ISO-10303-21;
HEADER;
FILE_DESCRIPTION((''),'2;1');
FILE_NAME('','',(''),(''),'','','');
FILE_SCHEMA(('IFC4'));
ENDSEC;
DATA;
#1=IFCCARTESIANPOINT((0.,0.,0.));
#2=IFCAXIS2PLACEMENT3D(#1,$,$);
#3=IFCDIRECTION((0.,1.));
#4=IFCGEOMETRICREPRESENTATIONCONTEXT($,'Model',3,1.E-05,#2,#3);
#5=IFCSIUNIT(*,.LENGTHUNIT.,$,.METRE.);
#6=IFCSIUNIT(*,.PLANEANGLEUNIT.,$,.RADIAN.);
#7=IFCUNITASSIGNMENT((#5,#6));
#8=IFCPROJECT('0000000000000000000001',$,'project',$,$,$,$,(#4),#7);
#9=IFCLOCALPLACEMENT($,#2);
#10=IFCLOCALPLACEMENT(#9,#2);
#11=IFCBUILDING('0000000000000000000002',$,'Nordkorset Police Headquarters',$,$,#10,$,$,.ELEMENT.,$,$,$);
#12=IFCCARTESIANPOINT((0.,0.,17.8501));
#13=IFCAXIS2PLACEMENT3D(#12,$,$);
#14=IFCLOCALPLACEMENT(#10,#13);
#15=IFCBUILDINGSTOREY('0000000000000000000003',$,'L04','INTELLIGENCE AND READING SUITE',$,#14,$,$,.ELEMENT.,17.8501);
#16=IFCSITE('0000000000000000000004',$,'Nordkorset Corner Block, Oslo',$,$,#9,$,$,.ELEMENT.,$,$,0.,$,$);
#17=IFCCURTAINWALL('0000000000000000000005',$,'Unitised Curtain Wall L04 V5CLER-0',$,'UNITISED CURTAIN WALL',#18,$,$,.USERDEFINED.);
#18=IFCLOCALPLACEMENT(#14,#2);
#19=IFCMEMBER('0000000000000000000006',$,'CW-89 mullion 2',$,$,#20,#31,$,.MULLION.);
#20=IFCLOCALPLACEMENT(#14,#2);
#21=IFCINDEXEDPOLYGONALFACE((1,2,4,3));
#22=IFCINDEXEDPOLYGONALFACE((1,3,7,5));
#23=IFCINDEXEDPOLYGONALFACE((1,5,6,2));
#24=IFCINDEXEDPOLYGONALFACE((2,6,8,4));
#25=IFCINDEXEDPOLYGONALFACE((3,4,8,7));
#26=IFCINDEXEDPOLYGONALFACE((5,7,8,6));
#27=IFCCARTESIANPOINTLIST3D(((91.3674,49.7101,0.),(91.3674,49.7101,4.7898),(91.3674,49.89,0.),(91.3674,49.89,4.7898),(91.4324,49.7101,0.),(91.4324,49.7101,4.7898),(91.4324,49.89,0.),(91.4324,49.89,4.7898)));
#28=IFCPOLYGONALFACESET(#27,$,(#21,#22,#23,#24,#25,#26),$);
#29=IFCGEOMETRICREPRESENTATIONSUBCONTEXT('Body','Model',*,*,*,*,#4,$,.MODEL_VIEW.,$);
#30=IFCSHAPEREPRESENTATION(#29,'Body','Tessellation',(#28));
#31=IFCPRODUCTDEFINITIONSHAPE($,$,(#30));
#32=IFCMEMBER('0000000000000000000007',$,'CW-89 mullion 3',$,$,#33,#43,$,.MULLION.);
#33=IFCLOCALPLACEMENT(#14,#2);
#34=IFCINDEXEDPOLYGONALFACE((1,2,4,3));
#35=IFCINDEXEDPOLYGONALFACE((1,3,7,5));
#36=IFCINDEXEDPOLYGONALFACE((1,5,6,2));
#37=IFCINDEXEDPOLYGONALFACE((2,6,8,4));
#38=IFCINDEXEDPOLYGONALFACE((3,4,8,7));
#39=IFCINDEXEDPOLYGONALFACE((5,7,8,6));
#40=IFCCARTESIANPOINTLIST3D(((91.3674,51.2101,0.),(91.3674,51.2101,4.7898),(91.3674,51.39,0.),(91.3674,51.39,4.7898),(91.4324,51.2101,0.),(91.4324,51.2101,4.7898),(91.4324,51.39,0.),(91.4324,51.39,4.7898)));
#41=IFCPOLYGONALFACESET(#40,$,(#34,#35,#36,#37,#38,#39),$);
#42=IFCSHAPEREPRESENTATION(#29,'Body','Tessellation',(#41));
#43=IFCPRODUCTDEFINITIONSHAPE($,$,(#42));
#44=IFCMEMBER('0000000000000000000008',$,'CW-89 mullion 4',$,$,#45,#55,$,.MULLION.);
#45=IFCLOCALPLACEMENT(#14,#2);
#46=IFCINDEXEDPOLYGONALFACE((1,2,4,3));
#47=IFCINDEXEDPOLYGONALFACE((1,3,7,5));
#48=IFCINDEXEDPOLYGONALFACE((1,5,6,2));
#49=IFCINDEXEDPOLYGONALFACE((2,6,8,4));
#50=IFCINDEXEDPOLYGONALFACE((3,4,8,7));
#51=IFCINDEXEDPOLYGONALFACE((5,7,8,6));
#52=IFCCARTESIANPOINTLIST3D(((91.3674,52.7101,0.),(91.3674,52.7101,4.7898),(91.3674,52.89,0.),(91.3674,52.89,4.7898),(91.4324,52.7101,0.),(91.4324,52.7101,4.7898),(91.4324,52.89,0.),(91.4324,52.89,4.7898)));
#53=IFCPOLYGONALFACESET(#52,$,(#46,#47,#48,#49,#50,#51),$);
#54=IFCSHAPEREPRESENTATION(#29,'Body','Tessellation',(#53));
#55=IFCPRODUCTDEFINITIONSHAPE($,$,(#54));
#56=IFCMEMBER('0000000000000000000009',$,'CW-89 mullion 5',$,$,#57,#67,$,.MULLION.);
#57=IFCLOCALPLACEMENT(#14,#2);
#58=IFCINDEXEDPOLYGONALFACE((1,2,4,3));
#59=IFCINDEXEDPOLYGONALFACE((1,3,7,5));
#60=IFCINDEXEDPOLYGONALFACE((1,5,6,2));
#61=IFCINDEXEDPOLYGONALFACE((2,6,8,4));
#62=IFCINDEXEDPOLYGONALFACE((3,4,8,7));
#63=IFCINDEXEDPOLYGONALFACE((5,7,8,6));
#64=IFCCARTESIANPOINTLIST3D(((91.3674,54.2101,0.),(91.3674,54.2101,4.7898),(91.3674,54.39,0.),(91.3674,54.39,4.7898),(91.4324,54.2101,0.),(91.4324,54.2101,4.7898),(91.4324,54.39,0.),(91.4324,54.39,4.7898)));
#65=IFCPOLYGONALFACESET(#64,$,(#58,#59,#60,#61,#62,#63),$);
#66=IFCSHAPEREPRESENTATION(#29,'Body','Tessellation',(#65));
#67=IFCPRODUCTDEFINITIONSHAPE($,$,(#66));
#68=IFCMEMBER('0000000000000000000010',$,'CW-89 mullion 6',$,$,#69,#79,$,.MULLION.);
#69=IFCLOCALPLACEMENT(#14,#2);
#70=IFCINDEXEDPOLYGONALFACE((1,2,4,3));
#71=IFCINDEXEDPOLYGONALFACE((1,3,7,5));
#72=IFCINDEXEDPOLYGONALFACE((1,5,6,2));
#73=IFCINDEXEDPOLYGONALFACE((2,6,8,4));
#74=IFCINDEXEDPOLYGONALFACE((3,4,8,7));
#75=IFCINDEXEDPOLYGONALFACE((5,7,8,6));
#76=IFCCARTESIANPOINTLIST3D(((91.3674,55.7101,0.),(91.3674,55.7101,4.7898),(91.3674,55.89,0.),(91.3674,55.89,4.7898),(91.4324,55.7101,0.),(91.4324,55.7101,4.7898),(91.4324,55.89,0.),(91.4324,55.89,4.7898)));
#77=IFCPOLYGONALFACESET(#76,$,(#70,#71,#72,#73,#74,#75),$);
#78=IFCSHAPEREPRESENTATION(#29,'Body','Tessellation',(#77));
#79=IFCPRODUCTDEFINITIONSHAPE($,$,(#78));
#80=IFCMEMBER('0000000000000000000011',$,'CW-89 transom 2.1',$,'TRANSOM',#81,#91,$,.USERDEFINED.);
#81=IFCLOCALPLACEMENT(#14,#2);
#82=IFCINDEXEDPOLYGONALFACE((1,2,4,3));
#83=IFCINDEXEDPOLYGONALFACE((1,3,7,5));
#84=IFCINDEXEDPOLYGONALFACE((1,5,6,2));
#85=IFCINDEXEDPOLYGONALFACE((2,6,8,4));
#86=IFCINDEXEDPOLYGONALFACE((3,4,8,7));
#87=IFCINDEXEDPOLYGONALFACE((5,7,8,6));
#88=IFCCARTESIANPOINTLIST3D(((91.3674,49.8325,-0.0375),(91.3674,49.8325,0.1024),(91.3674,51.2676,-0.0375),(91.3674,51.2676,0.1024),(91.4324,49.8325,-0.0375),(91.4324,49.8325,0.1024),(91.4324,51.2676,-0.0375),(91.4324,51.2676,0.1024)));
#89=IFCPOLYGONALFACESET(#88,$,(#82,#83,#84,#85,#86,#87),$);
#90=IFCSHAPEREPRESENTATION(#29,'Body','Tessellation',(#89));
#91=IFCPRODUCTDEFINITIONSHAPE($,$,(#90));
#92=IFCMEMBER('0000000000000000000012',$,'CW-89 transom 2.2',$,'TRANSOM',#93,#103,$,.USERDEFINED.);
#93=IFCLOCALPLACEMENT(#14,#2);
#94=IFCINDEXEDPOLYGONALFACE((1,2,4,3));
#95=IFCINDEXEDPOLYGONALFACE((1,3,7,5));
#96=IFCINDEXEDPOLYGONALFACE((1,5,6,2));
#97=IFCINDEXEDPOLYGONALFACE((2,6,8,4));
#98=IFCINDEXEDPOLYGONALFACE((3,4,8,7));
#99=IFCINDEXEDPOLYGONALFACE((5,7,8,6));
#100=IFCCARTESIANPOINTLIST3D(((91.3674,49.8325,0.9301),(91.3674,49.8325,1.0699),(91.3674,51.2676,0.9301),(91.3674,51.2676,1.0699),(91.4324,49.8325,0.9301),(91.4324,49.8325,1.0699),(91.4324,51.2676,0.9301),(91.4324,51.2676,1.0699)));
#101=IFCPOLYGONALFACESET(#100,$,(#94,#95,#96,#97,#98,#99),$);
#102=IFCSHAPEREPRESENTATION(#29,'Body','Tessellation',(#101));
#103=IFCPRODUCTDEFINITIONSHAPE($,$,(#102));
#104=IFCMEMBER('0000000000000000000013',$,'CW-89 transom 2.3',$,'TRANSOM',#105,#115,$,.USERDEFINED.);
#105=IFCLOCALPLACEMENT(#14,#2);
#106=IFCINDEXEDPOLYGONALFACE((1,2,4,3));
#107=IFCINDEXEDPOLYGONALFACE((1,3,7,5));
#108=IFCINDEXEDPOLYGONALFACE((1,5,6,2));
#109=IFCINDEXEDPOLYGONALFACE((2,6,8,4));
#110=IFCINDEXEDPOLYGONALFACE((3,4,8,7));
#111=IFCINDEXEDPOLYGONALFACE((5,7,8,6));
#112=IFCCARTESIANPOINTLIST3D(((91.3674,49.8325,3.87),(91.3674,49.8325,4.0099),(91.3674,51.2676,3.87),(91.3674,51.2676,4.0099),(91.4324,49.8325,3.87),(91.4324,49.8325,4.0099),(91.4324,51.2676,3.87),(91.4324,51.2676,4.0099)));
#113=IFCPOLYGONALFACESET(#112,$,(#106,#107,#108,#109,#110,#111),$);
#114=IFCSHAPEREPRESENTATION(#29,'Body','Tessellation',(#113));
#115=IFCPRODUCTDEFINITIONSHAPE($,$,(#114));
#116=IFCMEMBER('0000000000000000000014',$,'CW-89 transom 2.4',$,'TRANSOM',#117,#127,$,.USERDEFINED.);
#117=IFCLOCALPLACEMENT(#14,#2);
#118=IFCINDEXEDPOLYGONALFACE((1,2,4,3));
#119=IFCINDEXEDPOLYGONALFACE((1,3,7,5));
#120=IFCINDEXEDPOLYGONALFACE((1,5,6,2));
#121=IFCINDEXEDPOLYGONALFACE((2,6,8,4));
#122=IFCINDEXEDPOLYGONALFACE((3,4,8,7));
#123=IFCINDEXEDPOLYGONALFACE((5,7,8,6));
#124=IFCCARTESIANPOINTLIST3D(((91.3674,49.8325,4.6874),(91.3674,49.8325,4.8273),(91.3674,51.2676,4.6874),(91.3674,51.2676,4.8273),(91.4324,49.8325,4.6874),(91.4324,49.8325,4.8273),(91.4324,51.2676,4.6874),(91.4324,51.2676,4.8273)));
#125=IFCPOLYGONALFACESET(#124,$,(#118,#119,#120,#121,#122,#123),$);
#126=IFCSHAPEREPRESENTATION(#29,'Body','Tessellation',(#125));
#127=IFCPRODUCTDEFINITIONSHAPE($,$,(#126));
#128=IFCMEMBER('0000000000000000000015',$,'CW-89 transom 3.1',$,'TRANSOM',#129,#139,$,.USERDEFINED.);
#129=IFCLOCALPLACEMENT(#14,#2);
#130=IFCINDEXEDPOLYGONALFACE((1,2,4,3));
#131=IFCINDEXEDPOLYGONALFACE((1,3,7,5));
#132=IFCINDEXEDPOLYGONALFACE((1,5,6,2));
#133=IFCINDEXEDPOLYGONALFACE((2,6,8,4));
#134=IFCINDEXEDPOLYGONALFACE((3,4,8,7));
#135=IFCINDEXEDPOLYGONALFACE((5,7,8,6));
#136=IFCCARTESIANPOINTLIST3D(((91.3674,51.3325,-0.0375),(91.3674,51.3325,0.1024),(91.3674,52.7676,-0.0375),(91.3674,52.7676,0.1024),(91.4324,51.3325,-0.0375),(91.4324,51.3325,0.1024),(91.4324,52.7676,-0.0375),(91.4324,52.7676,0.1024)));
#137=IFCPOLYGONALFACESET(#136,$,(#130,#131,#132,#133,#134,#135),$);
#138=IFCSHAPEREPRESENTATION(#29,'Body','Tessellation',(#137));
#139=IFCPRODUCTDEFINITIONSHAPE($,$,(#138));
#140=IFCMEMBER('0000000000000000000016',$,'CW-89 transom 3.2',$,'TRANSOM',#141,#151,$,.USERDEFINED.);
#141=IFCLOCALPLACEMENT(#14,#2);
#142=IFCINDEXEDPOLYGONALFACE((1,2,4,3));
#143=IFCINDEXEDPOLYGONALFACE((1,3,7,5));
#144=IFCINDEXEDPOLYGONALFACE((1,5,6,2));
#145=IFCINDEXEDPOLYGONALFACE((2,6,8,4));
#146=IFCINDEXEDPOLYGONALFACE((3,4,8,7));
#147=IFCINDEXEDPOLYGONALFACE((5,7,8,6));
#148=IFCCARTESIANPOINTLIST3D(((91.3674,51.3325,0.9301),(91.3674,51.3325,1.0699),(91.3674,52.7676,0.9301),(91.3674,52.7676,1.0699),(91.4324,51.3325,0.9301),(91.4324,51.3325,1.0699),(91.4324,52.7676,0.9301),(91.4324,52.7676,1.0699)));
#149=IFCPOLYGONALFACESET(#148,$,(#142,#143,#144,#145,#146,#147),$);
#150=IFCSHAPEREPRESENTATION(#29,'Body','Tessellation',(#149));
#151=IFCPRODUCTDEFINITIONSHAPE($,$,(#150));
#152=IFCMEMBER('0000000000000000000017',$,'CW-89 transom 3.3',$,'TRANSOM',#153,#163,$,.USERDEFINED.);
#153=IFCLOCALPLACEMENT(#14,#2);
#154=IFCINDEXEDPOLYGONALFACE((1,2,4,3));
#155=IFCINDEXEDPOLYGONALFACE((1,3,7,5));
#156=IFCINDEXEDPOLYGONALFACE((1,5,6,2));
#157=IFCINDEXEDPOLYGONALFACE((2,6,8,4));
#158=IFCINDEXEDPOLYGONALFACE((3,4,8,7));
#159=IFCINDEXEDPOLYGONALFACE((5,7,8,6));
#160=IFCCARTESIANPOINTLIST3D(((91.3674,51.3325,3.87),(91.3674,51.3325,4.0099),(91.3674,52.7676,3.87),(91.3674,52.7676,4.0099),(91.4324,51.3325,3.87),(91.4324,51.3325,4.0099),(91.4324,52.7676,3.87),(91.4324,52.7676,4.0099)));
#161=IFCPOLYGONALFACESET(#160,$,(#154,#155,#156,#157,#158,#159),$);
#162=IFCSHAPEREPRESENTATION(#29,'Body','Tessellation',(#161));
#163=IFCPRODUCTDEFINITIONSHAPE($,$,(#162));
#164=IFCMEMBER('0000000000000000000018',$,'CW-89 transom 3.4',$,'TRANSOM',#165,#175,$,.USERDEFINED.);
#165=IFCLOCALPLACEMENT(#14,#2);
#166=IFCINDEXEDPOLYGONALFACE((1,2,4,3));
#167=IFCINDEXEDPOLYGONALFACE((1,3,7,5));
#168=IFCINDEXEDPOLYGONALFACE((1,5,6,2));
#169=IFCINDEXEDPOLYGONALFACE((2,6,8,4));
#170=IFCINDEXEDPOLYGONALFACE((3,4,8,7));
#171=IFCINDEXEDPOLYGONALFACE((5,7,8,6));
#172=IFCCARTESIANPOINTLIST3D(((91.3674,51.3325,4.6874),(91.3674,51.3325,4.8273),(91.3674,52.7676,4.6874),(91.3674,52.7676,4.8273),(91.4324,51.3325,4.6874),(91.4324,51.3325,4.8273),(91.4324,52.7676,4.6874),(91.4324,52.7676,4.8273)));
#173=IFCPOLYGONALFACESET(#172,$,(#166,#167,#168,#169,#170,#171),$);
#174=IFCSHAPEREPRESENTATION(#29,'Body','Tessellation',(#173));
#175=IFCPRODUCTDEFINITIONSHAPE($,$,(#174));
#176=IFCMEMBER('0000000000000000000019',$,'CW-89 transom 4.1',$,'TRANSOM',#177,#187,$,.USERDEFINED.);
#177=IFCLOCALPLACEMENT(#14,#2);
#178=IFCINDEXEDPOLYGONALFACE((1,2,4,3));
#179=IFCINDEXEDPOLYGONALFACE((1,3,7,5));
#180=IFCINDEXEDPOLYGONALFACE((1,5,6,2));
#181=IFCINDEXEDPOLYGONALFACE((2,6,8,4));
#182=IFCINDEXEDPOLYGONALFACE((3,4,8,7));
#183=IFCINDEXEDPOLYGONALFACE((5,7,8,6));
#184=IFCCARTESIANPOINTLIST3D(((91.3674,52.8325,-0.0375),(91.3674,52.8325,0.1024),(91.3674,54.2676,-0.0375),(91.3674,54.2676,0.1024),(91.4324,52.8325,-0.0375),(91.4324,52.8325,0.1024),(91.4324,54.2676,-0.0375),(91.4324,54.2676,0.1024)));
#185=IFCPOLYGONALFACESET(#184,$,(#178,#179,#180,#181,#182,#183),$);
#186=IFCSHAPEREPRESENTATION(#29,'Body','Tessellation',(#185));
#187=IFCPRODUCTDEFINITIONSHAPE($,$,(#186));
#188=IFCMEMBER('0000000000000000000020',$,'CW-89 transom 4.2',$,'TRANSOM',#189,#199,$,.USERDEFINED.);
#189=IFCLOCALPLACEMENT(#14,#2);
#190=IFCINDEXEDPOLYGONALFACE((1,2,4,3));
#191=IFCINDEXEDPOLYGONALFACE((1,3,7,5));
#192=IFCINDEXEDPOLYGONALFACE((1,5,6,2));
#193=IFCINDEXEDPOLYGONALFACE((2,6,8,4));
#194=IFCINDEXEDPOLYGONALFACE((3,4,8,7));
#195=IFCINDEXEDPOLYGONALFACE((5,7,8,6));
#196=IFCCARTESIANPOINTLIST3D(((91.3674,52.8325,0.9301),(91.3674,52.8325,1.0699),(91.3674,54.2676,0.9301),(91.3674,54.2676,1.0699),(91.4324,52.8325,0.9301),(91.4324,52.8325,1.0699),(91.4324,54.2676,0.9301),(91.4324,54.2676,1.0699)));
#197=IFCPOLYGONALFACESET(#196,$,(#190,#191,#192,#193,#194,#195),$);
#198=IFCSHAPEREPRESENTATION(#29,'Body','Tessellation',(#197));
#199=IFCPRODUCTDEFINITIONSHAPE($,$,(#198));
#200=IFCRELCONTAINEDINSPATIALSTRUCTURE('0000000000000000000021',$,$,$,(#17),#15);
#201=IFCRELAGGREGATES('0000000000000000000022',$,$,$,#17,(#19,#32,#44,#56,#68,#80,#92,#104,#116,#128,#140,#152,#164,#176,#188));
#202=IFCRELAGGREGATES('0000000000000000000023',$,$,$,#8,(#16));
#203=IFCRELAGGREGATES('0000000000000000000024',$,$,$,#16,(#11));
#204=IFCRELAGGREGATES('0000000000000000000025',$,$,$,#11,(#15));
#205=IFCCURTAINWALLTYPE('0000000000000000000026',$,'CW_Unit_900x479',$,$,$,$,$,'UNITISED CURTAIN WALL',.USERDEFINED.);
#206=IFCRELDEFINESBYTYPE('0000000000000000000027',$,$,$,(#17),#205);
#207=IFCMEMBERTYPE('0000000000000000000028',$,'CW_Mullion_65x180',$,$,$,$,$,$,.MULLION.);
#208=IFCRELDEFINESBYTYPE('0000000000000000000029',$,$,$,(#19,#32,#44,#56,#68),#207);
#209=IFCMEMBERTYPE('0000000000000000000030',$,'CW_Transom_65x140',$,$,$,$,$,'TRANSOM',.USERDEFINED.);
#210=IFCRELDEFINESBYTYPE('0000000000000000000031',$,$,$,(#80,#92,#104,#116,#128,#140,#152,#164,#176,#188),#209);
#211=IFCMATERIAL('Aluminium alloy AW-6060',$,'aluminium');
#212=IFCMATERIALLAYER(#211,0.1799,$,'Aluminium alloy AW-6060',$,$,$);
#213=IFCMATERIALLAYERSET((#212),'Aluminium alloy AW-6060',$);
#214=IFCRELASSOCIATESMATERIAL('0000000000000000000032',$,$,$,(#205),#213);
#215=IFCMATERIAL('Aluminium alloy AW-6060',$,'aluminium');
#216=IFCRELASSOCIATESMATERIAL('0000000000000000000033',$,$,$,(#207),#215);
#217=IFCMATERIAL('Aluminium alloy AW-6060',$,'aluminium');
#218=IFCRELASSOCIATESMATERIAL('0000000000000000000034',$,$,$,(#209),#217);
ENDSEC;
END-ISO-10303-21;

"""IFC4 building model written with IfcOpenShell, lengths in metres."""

from ifc_helpers import new_model, si_unit, direction, frame, origin, origin_2d, place, context, subcontext, project, spatial, rectangle, extrude, material, layer, layer_set, material_profile, profile_set, type_object, element, aggregate, save


model = new_model("IFC4")

# Units and contexts
model_context = context("Model", 3, precision=1e-05, world=origin(), true_north=direction((0.0, 1.0)))
body_context = subcontext(model_context, "Body", "Model", "MODEL_VIEW")
ifc_project = project(units=[si_unit("LENGTHUNIT", "METRE"), si_unit("PLANEANGLEUNIT", "RADIAN")], contexts=[model_context])

# Site, building, storey
site_placement = place(None, origin())
site = spatial("IfcSite", under=ifc_project, at=site_placement, Name="Nordkorset Corner Block, Oslo", CompositionType="ELEMENT", RefElevation=0.0)
building_placement = place(site_placement, origin())
building = spatial("IfcBuilding", under=site, at=building_placement, Name="Nordkorset Police Headquarters", CompositionType="ELEMENT")
storey_placement = place(building_placement, frame((0.0, 0.0, 17.8501)))
storey = spatial("IfcBuildingStorey", under=building, at=storey_placement, Name="L04", Description="INTELLIGENCE AND READING SUITE", CompositionType="ELEMENT", Elevation=17.8501)

# Curtain wall, members
ifc_material_1 = material(Name="Aluminium alloy AW-6060", Category="aluminium")
ifc_layer_1 = layer(ifc_material_1, 0.1799, Name="Aluminium alloy AW-6060")
ifc_layer_set_1 = layer_set([ifc_layer_1], Name="Aluminium alloy AW-6060")
curtain_wall_type = type_object("IfcCurtainWallType", Name="CW_Unit_900x479", ElementType="UNITISED CURTAIN WALL", PredefinedType="USERDEFINED", material=ifc_layer_set_1)
curtain_wall_placement = place(storey_placement, origin())
curtain_wall = element("IfcCurtainWall", 1, at=curtain_wall_placement, inside=storey, type_object=curtain_wall_type, Name="Unitised Curtain Wall L04 V5CLER-0", ObjectType="UNITISED CURTAIN WALL", PredefinedType="USERDEFINED")
ifc_material_2 = material(Name="Aluminium alloy AW-6060", Category="aluminium")
ifc_material_profile_1 = material_profile(ifc_material_2, rectangle(XDim=0.0649, YDim=0.1799, at=origin_2d()), Name="ALU MULL 65x180")
ifc_profile_set_1 = profile_set([ifc_material_profile_1], Name="Aluminium alloy AW-6060")
member_type_1 = type_object("IfcMemberType", Name="CW_Mullion_65x180", PredefinedType="MULLION", material=ifc_profile_set_1)
member_1_placement = place(storey_placement, frame((91.3999, 49.8, 0.0), z_axis=(0.0, 0.0, 1.0), x_axis=(-1.0, 0.0, 0.0)))
member_1 = element("IfcMember", 2, at=member_1_placement, type_object=member_type_1, Name="CW-89 mullion 2", PredefinedType="MULLION", context=body_context, shape_type="SweptSolid", body=[
    extrude(rectangle(XDim=0.0649, YDim=0.1799, at=origin_2d()), origin(), (0.0, 0.0, 1.0), 4.7898),
])
member_2_placement = place(storey_placement, frame((91.3999, 51.3, 0.0), z_axis=(0.0, 0.0, 1.0), x_axis=(-1.0, 0.0, 0.0)))
member_2 = element("IfcMember", 3, at=member_2_placement, type_object=member_type_1, Name="CW-89 mullion 3", PredefinedType="MULLION", context=body_context, shape_type="SweptSolid", body=[
    extrude(rectangle(XDim=0.0649, YDim=0.1799, at=origin_2d()), origin(), (0.0, 0.0, 1.0), 4.7898),
])
member_3_placement = place(storey_placement, frame((91.3999, 52.8, 0.0), z_axis=(0.0, 0.0, 1.0), x_axis=(-1.0, 0.0, 0.0)))
member_3 = element("IfcMember", 4, at=member_3_placement, type_object=member_type_1, Name="CW-89 mullion 4", PredefinedType="MULLION", context=body_context, shape_type="SweptSolid", body=[
    extrude(rectangle(XDim=0.0649, YDim=0.1799, at=origin_2d()), origin(), (0.0, 0.0, 1.0), 4.7898),
])
member_4_placement = place(storey_placement, frame((91.3999, 54.3, 0.0), z_axis=(0.0, 0.0, 1.0), x_axis=(-1.0, 0.0, 0.0)))
member_4 = element("IfcMember", 5, at=member_4_placement, type_object=member_type_1, Name="CW-89 mullion 5", PredefinedType="MULLION", context=body_context, shape_type="SweptSolid", body=[
    extrude(rectangle(XDim=0.0649, YDim=0.1799, at=origin_2d()), origin(), (0.0, 0.0, 1.0), 4.7898),
])
member_5_placement = place(storey_placement, frame((91.3999, 55.8, 0.0), z_axis=(0.0, 0.0, 1.0), x_axis=(-1.0, 0.0, 0.0)))
member_5 = element("IfcMember", 6, at=member_5_placement, type_object=member_type_1, Name="CW-89 mullion 6", PredefinedType="MULLION", context=body_context, shape_type="SweptSolid", body=[
    extrude(rectangle(XDim=0.0649, YDim=0.1799, at=origin_2d()), origin(), (0.0, 0.0, 1.0), 4.7898),
])
ifc_material_3 = material(Name="Aluminium alloy AW-6060", Category="aluminium")
ifc_material_profile_2 = material_profile(ifc_material_3, rectangle(XDim=0.0649, YDim=0.1399, at=origin_2d()), Name="ALU TRAN 65x140")
ifc_profile_set_2 = profile_set([ifc_material_profile_2], Name="Aluminium alloy AW-6060")
member_type_2 = type_object("IfcMemberType", Name="CW_Transom_65x140", ElementType="TRANSOM", PredefinedType="USERDEFINED", material=ifc_profile_set_2)
member_6_placement = place(storey_placement, frame((91.3999, 49.8325, 0.0325), z_axis=(0.0, 1.0, 0.0), x_axis=(-1.0, 0.0, 0.0)))
member_6 = element("IfcMember", 7, at=member_6_placement, type_object=member_type_2, Name="CW-89 transom 2.1", ObjectType="TRANSOM", PredefinedType="USERDEFINED", context=body_context, shape_type="SweptSolid", body=[
    extrude(rectangle(XDim=0.0649, YDim=0.1399, at=origin_2d()), origin(), (0.0, 0.0, 1.0), 1.4351),
])
member_7_placement = place(storey_placement, frame((91.3999, 49.8325, 1.0), z_axis=(0.0, 1.0, 0.0), x_axis=(-1.0, 0.0, 0.0)))
member_7 = element("IfcMember", 8, at=member_7_placement, type_object=member_type_2, Name="CW-89 transom 2.2", ObjectType="TRANSOM", PredefinedType="USERDEFINED", context=body_context, shape_type="SweptSolid", body=[
    extrude(rectangle(XDim=0.0649, YDim=0.1399, at=origin_2d()), origin(), (0.0, 0.0, 1.0), 1.4351),
])
member_8_placement = place(storey_placement, frame((91.3999, 49.8325, 3.9399), z_axis=(0.0, 1.0, 0.0), x_axis=(-1.0, 0.0, 0.0)))
member_8 = element("IfcMember", 9, at=member_8_placement, type_object=member_type_2, Name="CW-89 transom 2.3", ObjectType="TRANSOM", PredefinedType="USERDEFINED", context=body_context, shape_type="SweptSolid", body=[
    extrude(rectangle(XDim=0.0649, YDim=0.1399, at=origin_2d()), origin(), (0.0, 0.0, 1.0), 1.4351),
])
member_9_placement = place(storey_placement, frame((91.3999, 49.8325, 4.7573), z_axis=(0.0, 1.0, 0.0), x_axis=(-1.0, 0.0, 0.0)))
member_9 = element("IfcMember", 10, at=member_9_placement, type_object=member_type_2, Name="CW-89 transom 2.4", ObjectType="TRANSOM", PredefinedType="USERDEFINED", context=body_context, shape_type="SweptSolid", body=[
    extrude(rectangle(XDim=0.0649, YDim=0.1399, at=origin_2d()), origin(), (0.0, 0.0, 1.0), 1.4351),
])
member_10_placement = place(storey_placement, frame((91.3999, 51.3325, 0.0325), z_axis=(0.0, 1.0, 0.0), x_axis=(-1.0, 0.0, 0.0)))
member_10 = element("IfcMember", 11, at=member_10_placement, type_object=member_type_2, Name="CW-89 transom 3.1", ObjectType="TRANSOM", PredefinedType="USERDEFINED", context=body_context, shape_type="SweptSolid", body=[
    extrude(rectangle(XDim=0.0649, YDim=0.1399, at=origin_2d()), origin(), (0.0, 0.0, 1.0), 1.4351),
])
member_11_placement = place(storey_placement, frame((91.3999, 51.3325, 1.0), z_axis=(0.0, 1.0, 0.0), x_axis=(-1.0, 0.0, 0.0)))
member_11 = element("IfcMember", 12, at=member_11_placement, type_object=member_type_2, Name="CW-89 transom 3.2", ObjectType="TRANSOM", PredefinedType="USERDEFINED", context=body_context, shape_type="SweptSolid", body=[
    extrude(rectangle(XDim=0.0649, YDim=0.1399, at=origin_2d()), origin(), (0.0, 0.0, 1.0), 1.4351),
])
member_12_placement = place(storey_placement, frame((91.3999, 51.3325, 3.9399), z_axis=(0.0, 1.0, 0.0), x_axis=(-1.0, 0.0, 0.0)))
member_12 = element("IfcMember", 13, at=member_12_placement, type_object=member_type_2, Name="CW-89 transom 3.3", ObjectType="TRANSOM", PredefinedType="USERDEFINED", context=body_context, shape_type="SweptSolid", body=[
    extrude(rectangle(XDim=0.0649, YDim=0.1399, at=origin_2d()), origin(), (0.0, 0.0, 1.0), 1.4351),
])
member_13_placement = place(storey_placement, frame((91.3999, 51.3325, 4.7573), z_axis=(0.0, 1.0, 0.0), x_axis=(-1.0, 0.0, 0.0)))
member_13 = element("IfcMember", 14, at=member_13_placement, type_object=member_type_2, Name="CW-89 transom 3.4", ObjectType="TRANSOM", PredefinedType="USERDEFINED", context=body_context, shape_type="SweptSolid", body=[
    extrude(rectangle(XDim=0.0649, YDim=0.1399, at=origin_2d()), origin(), (0.0, 0.0, 1.0), 1.4351),
])
member_14_placement = place(storey_placement, frame((91.3999, 52.8325, 0.0325), z_axis=(0.0, 1.0, 0.0), x_axis=(-1.0, 0.0, 0.0)))
member_14 = element("IfcMember", 15, at=member_14_placement, type_object=member_type_2, Name="CW-89 transom 4.1", ObjectType="TRANSOM", PredefinedType="USERDEFINED", context=body_context, shape_type="SweptSolid", body=[
    extrude(rectangle(XDim=0.0649, YDim=0.1399, at=origin_2d()), origin(), (0.0, 0.0, 1.0), 1.4351),
])
member_15_placement = place(storey_placement, frame((91.3999, 52.8325, 1.0), z_axis=(0.0, 1.0, 0.0), x_axis=(-1.0, 0.0, 0.0)))
member_15 = element("IfcMember", 16, at=member_15_placement, type_object=member_type_2, Name="CW-89 transom 4.2", ObjectType="TRANSOM", PredefinedType="USERDEFINED", context=body_context, shape_type="SweptSolid", body=[
    extrude(rectangle(XDim=0.0649, YDim=0.1399, at=origin_2d()), origin(), (0.0, 0.0, 1.0), 1.4351),
])
aggregate(curtain_wall, [member_1, member_2, member_3, member_4, member_5, member_6, member_7, member_8, member_9, member_10, member_11, member_12, member_13, member_14, member_15])

save(model, "model.ifc")
